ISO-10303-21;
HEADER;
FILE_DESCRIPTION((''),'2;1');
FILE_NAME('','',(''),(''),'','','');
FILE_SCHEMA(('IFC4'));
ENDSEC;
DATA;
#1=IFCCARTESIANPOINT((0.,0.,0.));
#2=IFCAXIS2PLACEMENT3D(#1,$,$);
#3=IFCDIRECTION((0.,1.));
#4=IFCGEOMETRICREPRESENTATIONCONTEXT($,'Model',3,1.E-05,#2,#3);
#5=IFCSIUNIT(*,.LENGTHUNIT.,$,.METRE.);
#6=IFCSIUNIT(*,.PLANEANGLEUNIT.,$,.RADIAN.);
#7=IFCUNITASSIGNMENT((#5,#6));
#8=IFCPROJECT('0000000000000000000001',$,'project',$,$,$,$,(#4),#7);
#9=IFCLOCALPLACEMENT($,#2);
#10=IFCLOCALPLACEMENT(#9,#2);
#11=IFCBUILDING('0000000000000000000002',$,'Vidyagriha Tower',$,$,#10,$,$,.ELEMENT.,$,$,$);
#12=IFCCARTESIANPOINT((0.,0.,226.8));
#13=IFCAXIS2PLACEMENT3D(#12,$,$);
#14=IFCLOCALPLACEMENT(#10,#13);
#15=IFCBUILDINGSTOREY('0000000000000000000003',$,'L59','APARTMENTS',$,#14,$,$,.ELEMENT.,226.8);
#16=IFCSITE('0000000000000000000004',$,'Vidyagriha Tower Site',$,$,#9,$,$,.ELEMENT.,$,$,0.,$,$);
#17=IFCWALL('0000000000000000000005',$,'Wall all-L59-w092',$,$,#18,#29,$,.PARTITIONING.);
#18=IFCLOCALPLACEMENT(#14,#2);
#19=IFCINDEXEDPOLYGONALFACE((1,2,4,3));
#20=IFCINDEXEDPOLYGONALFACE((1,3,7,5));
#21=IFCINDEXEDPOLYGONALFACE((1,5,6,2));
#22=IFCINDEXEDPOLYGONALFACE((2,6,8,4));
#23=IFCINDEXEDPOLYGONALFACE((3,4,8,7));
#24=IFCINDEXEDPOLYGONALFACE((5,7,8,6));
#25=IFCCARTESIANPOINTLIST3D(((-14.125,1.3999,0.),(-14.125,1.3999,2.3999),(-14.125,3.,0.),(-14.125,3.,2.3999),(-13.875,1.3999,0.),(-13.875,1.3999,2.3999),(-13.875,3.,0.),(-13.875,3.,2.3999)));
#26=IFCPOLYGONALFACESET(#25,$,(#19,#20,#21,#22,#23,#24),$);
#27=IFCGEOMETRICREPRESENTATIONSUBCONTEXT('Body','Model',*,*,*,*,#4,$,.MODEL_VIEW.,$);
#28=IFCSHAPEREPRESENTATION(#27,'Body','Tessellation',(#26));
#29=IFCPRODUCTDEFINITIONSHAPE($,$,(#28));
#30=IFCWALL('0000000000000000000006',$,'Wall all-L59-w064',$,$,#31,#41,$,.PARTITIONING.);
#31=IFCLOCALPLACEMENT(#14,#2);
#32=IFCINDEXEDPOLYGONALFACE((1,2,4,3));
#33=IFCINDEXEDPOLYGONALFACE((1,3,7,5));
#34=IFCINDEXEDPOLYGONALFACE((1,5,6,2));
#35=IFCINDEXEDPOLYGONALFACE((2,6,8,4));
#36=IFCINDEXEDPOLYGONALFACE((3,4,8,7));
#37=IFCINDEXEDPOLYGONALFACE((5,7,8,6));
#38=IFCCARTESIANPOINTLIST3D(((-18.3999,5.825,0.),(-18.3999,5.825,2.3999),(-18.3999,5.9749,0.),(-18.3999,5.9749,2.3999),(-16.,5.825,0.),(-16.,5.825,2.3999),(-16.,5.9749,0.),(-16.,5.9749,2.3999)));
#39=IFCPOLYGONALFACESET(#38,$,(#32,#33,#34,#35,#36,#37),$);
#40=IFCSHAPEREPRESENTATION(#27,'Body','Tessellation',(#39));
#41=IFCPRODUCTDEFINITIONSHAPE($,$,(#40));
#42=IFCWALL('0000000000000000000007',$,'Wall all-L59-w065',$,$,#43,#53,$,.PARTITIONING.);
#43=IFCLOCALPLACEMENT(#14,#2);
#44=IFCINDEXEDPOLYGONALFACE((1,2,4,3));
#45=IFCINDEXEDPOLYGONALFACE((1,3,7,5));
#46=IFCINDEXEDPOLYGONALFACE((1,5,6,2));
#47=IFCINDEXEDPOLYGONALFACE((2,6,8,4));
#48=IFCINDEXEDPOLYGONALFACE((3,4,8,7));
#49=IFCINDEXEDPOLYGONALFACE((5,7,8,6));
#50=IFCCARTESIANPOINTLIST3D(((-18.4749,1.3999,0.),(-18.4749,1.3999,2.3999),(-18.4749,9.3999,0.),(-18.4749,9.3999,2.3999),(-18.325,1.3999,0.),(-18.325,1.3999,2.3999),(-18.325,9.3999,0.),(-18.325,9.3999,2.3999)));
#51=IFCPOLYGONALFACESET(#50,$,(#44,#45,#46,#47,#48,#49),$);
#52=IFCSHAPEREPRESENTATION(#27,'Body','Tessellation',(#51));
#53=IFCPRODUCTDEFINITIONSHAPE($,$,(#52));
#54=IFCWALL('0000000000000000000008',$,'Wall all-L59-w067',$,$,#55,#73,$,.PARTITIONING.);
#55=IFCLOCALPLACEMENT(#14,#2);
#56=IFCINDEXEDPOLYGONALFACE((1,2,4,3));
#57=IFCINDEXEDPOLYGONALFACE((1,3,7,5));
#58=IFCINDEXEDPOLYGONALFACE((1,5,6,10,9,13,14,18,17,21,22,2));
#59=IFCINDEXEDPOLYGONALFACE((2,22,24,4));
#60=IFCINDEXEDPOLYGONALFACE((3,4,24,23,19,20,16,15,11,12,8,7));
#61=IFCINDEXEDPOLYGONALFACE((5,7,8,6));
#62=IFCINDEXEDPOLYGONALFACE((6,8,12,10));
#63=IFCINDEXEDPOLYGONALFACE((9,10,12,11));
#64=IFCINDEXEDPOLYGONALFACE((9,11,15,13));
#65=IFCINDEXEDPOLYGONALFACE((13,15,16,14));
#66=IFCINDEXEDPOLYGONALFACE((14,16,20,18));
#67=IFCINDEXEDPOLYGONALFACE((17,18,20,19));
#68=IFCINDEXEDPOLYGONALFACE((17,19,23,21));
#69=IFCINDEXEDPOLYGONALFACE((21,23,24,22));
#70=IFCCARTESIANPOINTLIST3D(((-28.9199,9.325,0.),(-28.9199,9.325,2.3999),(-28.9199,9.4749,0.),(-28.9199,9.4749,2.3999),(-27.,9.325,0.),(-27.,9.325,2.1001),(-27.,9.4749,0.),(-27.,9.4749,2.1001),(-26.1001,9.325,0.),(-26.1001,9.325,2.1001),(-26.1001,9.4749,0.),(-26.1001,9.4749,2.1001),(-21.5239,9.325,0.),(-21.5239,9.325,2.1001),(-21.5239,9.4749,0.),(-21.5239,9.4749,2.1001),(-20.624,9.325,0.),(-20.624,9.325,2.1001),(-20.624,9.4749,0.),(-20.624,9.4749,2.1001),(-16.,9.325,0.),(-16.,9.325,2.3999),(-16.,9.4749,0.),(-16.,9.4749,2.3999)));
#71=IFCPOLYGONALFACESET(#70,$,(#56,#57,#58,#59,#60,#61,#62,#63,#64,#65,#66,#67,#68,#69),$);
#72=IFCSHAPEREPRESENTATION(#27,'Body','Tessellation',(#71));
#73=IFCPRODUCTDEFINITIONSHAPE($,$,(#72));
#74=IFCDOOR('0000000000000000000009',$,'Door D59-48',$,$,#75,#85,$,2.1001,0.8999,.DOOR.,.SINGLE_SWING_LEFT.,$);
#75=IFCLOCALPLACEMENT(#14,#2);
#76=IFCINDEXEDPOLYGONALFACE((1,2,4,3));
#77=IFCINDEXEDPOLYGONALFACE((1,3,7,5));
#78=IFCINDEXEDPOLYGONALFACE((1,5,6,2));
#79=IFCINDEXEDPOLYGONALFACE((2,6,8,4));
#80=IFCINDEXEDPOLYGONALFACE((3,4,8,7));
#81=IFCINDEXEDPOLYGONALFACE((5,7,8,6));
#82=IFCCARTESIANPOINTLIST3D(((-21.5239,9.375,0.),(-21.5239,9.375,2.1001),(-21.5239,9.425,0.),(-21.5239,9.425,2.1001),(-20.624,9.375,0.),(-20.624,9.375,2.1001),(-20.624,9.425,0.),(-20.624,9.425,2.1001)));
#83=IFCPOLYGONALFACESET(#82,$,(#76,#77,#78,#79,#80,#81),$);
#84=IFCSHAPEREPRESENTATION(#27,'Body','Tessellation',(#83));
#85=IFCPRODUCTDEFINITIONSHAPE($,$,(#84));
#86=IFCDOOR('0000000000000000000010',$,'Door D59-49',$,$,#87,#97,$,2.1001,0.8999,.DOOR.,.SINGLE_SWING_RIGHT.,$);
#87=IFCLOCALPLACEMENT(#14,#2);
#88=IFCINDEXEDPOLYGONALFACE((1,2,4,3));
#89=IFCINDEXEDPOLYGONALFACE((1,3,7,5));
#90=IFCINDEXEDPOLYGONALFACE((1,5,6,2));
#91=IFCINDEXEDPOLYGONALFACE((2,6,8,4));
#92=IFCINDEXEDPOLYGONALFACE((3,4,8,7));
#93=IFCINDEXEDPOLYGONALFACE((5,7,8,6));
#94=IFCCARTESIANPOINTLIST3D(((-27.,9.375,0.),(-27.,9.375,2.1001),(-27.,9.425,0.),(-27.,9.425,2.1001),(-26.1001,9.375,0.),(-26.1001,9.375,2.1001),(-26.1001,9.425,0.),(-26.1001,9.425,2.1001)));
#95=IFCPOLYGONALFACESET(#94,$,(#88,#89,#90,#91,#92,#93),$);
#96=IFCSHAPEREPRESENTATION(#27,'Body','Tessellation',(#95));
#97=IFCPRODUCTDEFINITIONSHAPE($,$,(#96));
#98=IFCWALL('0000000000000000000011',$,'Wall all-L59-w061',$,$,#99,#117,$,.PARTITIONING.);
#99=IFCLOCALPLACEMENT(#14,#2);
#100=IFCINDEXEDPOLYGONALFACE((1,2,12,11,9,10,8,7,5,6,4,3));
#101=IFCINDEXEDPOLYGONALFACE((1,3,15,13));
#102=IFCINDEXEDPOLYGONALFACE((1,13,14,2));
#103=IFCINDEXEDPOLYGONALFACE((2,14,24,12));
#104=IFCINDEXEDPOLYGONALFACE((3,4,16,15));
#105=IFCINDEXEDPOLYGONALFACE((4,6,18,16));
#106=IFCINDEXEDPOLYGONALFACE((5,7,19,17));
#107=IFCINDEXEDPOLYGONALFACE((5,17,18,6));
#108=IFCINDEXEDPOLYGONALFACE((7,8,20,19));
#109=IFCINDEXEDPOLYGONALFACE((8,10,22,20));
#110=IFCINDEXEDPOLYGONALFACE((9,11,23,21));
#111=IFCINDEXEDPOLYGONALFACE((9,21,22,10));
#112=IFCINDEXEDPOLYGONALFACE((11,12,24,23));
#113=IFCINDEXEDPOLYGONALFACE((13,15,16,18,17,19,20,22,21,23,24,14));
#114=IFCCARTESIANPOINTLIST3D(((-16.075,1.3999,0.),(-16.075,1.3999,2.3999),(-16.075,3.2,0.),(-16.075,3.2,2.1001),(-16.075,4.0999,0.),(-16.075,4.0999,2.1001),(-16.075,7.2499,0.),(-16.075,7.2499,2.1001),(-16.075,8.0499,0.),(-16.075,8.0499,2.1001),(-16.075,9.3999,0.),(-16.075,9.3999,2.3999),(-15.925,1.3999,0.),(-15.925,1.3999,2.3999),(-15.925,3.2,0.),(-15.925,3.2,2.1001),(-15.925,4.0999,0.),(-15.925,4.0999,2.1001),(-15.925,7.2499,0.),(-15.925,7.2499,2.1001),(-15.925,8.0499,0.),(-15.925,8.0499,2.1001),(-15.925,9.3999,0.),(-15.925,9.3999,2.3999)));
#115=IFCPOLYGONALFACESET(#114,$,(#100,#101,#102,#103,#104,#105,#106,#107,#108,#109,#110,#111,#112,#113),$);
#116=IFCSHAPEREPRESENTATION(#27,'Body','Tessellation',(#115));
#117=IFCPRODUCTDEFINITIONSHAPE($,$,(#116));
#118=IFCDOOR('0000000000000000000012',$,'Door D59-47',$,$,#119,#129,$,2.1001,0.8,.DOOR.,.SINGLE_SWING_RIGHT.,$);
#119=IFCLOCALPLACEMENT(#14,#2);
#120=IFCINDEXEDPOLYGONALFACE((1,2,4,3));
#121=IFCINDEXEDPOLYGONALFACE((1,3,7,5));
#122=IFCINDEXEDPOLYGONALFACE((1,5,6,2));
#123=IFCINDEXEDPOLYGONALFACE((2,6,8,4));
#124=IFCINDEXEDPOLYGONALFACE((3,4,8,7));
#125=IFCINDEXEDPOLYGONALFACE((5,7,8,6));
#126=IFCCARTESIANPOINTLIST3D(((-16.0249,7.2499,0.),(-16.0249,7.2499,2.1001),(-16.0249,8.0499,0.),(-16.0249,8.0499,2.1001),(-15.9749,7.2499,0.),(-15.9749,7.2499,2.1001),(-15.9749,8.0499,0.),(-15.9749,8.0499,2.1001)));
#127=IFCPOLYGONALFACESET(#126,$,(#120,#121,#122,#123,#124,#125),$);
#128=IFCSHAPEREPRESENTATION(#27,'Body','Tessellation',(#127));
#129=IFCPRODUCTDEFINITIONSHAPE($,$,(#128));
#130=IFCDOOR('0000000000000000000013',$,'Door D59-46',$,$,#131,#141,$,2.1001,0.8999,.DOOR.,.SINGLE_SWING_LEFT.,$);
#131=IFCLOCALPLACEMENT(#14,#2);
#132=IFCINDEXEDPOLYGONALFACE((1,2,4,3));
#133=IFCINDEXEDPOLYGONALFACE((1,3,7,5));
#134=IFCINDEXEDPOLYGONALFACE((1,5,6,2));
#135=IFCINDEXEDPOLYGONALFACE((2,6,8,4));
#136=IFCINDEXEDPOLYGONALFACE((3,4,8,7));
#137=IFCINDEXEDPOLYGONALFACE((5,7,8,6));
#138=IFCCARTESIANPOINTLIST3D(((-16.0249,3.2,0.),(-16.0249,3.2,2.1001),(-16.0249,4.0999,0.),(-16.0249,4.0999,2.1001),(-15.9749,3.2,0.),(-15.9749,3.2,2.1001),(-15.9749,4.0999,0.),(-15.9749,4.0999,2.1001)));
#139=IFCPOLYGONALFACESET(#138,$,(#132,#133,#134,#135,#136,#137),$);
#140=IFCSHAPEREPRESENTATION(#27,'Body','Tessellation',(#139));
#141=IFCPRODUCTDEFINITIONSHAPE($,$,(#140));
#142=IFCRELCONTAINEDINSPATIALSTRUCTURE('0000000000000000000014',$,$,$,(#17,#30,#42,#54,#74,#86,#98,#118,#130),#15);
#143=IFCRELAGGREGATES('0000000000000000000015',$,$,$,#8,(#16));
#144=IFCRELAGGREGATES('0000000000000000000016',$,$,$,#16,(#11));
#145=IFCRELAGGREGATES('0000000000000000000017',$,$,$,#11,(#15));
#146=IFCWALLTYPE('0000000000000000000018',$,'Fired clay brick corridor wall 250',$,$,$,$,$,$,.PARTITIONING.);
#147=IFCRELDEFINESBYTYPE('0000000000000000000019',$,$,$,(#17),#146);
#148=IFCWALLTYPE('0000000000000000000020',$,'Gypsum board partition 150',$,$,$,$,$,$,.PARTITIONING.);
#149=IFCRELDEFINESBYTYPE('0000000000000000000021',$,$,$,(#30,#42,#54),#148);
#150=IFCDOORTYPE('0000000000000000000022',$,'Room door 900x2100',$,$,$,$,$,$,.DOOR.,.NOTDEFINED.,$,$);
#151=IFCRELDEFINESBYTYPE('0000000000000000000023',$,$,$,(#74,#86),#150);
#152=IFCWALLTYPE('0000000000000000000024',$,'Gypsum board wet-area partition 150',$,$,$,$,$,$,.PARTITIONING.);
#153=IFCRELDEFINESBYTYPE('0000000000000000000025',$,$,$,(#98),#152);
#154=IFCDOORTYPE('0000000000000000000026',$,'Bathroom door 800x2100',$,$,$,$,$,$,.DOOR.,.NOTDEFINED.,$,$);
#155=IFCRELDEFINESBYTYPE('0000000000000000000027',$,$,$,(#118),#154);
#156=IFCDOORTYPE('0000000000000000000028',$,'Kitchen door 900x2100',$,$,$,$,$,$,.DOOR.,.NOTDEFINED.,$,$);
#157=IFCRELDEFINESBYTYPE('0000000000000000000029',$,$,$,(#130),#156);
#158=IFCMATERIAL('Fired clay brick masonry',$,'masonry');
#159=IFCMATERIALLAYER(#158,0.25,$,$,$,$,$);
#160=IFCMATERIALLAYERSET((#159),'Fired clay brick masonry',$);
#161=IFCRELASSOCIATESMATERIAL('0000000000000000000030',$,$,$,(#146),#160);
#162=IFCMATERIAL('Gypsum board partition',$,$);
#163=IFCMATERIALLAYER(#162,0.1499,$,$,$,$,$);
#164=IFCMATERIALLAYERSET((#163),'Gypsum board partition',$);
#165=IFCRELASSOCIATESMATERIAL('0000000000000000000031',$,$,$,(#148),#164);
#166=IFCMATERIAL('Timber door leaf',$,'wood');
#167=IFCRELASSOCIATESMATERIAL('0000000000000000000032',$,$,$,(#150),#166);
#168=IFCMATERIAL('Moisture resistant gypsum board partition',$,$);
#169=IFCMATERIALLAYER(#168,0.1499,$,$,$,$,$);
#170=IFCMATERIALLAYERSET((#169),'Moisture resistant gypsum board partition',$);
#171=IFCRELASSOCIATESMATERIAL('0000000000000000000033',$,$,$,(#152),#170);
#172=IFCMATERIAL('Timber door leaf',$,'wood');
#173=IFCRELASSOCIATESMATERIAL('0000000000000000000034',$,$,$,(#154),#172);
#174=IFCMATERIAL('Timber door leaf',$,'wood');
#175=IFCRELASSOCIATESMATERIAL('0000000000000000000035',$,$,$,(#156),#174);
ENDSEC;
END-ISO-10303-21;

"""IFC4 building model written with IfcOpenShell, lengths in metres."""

from ifc_helpers import new_model, si_unit, direction, frame, frame_2d, origin, place, context, subcontext, project, spatial, rectangle, extrude, material, layer, layer_set, type_object, element, fill, save


model = new_model("IFC4")

# Units and contexts
model_context = context("Model", 3, precision=1e-05, world=origin(), true_north=direction((0.0, 1.0)))
body_context = subcontext(model_context, "Body", "Model", "MODEL_VIEW")
ifc_project = project(units=[si_unit("LENGTHUNIT", "METRE"), si_unit("PLANEANGLEUNIT", "RADIAN")], contexts=[model_context])

# Site, building, storey
site_placement = place(None, origin())
site = spatial("IfcSite", under=ifc_project, at=site_placement, Name="Vidyagriha Tower Site", CompositionType="ELEMENT", RefElevation=0.0)
building_placement = place(site_placement, origin())
building = spatial("IfcBuilding", under=site, at=building_placement, Name="Vidyagriha Tower", CompositionType="ELEMENT")
storey_placement = place(building_placement, frame((0.0, 0.0, 226.8)))
storey = spatial("IfcBuildingStorey", under=building, at=storey_placement, Name="L59", Description="APARTMENTS", CompositionType="ELEMENT", Elevation=226.8)

# Walls
ifc_material_1 = material(Name="Fired clay brick masonry", Category="masonry")
ifc_layer_1 = layer(ifc_material_1, 0.25)
ifc_layer_set_1 = layer_set([ifc_layer_1], Name="Fired clay brick masonry")
wall_type_1 = type_object("IfcWallType", Name="Fired clay brick corridor wall 250", PredefinedType="PARTITIONING", material=ifc_layer_set_1)
wall_1_placement = place(storey_placement, frame((-14.0, 3.0, 0.0), z_axis=(0.0, 0.0, 1.0), x_axis=(0.0, -1.0, 0.0)))
element("IfcWall", 1, at=wall_1_placement, inside=storey, type_object=wall_type_1, Name="Wall all-L59-w092", PredefinedType="PARTITIONING", context=body_context, shape_type="SweptSolid", body=[
    extrude(rectangle(XDim=1.6001, YDim=0.25, at=frame_2d((0.8, 0.0))), origin(), (0.0, 0.0, 1.0), 2.3999),
])
ifc_material_2 = material(Name="Gypsum board partition")
ifc_layer_2 = layer(ifc_material_2, 0.1499)
ifc_layer_set_2 = layer_set([ifc_layer_2], Name="Gypsum board partition")
wall_type_2 = type_object("IfcWallType", Name="Gypsum board partition 150", PredefinedType="PARTITIONING", material=ifc_layer_set_2)
wall_2_placement = place(storey_placement, frame((-18.3999, 5.8999, 0.0)))
element("IfcWall", 2, at=wall_2_placement, inside=storey, type_object=wall_type_2, Name="Wall all-L59-w064", PredefinedType="PARTITIONING", context=body_context, shape_type="SweptSolid", body=[
    extrude(rectangle(XDim=2.3999, YDim=0.1499, at=frame_2d((1.2, 0.0))), origin(), (0.0, 0.0, 1.0), 2.3999),
])
wall_3_placement = place(storey_placement, frame((-18.3999, 1.3999, 0.0), z_axis=(0.0, 0.0, 1.0), x_axis=(0.0, 1.0, 0.0)))
element("IfcWall", 3, at=wall_3_placement, inside=storey, type_object=wall_type_2, Name="Wall all-L59-w065", PredefinedType="PARTITIONING", context=body_context, shape_type="SweptSolid", body=[
    extrude(rectangle(XDim=8.0, YDim=0.1499, at=frame_2d((4.0, 0.0))), origin(), (0.0, 0.0, 1.0), 2.3999),
])

# Walls, openings, doors
wall_4_placement = place(storey_placement, frame((-16.0, 9.3999, 0.0), z_axis=(0.0, 0.0, 1.0), x_axis=(-1.0, 0.0, 0.0)))
wall_4 = element("IfcWall", 4, at=wall_4_placement, inside=storey, type_object=wall_type_2, Name="Wall all-L59-w067", PredefinedType="PARTITIONING", context=body_context, shape_type="SweptSolid", body=[
    extrude(rectangle(XDim=12.9199, YDim=0.1499, at=frame_2d((6.46, 0.0))), origin(), (0.0, 0.0, 1.0), 2.3999),
])
opening_1_placement = place(wall_4_placement, frame((4.624, 0.0, 0.0)))
opening_1 = element("IfcOpeningElement", 5, at=opening_1_placement, cuts=wall_4, PredefinedType="OPENING", context=body_context, shape_type="SweptSolid", body=[
    extrude(rectangle(XDim=0.8999, YDim=2.1001, at=frame_2d((0.45, 1.05))), frame((0.0, 0.085, 0.0), z_axis=(0.0, -1.0, 0.0), x_axis=(1.0, 0.0, 0.0)), (0.0, 0.0, 1.0), 0.1699),
])
opening_2_placement = place(wall_4_placement, frame((10.1001, 0.0, 0.0)))
opening_2 = element("IfcOpeningElement", 6, at=opening_2_placement, cuts=wall_4, PredefinedType="OPENING", context=body_context, shape_type="SweptSolid", body=[
    extrude(rectangle(XDim=0.8999, YDim=2.1001, at=frame_2d((0.45, 1.05))), frame((0.0, 0.085, 0.0), z_axis=(0.0, -1.0, 0.0), x_axis=(1.0, 0.0, 0.0)), (0.0, 0.0, 1.0), 0.1699),
])
ifc_material_3 = material(Name="Timber door leaf", Category="wood")
door_type_1 = type_object("IfcDoorType", Name="Room door 900x2100", OperationType="NOTDEFINED", PredefinedType="DOOR", material=ifc_material_3)
door_1_placement = place(opening_1_placement, origin())
door_1 = element("IfcDoor", 7, at=door_1_placement, inside=storey, type_object=door_type_1, Name="Door D59-48", OperationType="SINGLE_SWING_LEFT", OverallHeight=2.1001, OverallWidth=0.8999, PredefinedType="DOOR", context=body_context, shape_type="SweptSolid", body=[
    extrude(rectangle(XDim=0.8999, YDim=2.1001, at=frame_2d((0.45, 1.05))), frame((0.0, 0.0249, 0.0), z_axis=(0.0, -1.0, 0.0), x_axis=(1.0, 0.0, 0.0)), (0.0, 0.0, 1.0), 0.05),
])
fill(opening_1, door_1)
door_2_placement = place(opening_2_placement, origin())
door_2 = element("IfcDoor", 8, at=door_2_placement, inside=storey, type_object=door_type_1, Name="Door D59-49", OperationType="SINGLE_SWING_RIGHT", OverallHeight=2.1001, OverallWidth=0.8999, PredefinedType="DOOR", context=body_context, shape_type="SweptSolid", body=[
    extrude(rectangle(XDim=0.8999, YDim=2.1001, at=frame_2d((0.45, 1.05))), frame((0.0, 0.0249, 0.0), z_axis=(0.0, -1.0, 0.0), x_axis=(1.0, 0.0, 0.0)), (0.0, 0.0, 1.0), 0.05),
])
fill(opening_2, door_2)
ifc_material_4 = material(Name="Moisture resistant gypsum board partition")
ifc_layer_3 = layer(ifc_material_4, 0.1499)
ifc_layer_set_3 = layer_set([ifc_layer_3], Name="Moisture resistant gypsum board partition")
wall_type_3 = type_object("IfcWallType", Name="Gypsum board wet-area partition 150", PredefinedType="PARTITIONING", material=ifc_layer_set_3)
wall_5_placement = place(storey_placement, frame((-16.0, 1.3999, 0.0), z_axis=(0.0, 0.0, 1.0), x_axis=(0.0, 1.0, 0.0)))
wall_5 = element("IfcWall", 9, at=wall_5_placement, inside=storey, type_object=wall_type_3, Name="Wall all-L59-w061", PredefinedType="PARTITIONING", context=body_context, shape_type="SweptSolid", body=[
    extrude(rectangle(XDim=8.0, YDim=0.1499, at=frame_2d((4.0, 0.0))), origin(), (0.0, 0.0, 1.0), 2.3999),
])
opening_3_placement = place(wall_5_placement, frame((1.8, 0.0, 0.0)))
opening_3 = element("IfcOpeningElement", 10, at=opening_3_placement, cuts=wall_5, PredefinedType="OPENING", context=body_context, shape_type="SweptSolid", body=[
    extrude(rectangle(XDim=0.8999, YDim=2.1001, at=frame_2d((0.45, 1.05))), frame((0.0, 0.085, 0.0), z_axis=(0.0, -1.0, 0.0), x_axis=(1.0, 0.0, 0.0)), (0.0, 0.0, 1.0), 0.1699),
])
opening_4_placement = place(wall_5_placement, frame((5.8501, 0.0, 0.0)))
opening_4 = element("IfcOpeningElement", 11, at=opening_4_placement, cuts=wall_5, PredefinedType="OPENING", context=body_context, shape_type="SweptSolid", body=[
    extrude(rectangle(XDim=0.8, YDim=2.1001, at=frame_2d((0.3999, 1.05))), frame((0.0, 0.085, 0.0), z_axis=(0.0, -1.0, 0.0), x_axis=(1.0, 0.0, 0.0)), (0.0, 0.0, 1.0), 0.1699),
])
ifc_material_5 = material(Name="Timber door leaf", Category="wood")
door_type_2 = type_object("IfcDoorType", Name="Bathroom door 800x2100", OperationType="NOTDEFINED", PredefinedType="DOOR", material=ifc_material_5)
door_3_placement = place(opening_4_placement, origin())
door_3 = element("IfcDoor", 12, at=door_3_placement, inside=storey, type_object=door_type_2, Name="Door D59-47", OperationType="SINGLE_SWING_RIGHT", OverallHeight=2.1001, OverallWidth=0.8, PredefinedType="DOOR", context=body_context, shape_type="SweptSolid", body=[
    extrude(rectangle(XDim=0.8, YDim=2.1001, at=frame_2d((0.3999, 1.05))), frame((0.0, 0.0249, 0.0), z_axis=(0.0, -1.0, 0.0), x_axis=(1.0, 0.0, 0.0)), (0.0, 0.0, 1.0), 0.05),
])
fill(opening_4, door_3)
ifc_material_6 = material(Name="Timber door leaf", Category="wood")
door_type_3 = type_object("IfcDoorType", Name="Kitchen door 900x2100", OperationType="NOTDEFINED", PredefinedType="DOOR", material=ifc_material_6)
door_4_placement = place(opening_3_placement, origin())
door_4 = element("IfcDoor", 13, at=door_4_placement, inside=storey, type_object=door_type_3, Name="Door D59-46", OperationType="SINGLE_SWING_LEFT", OverallHeight=2.1001, OverallWidth=0.8999, PredefinedType="DOOR", context=body_context, shape_type="SweptSolid", body=[
    extrude(rectangle(XDim=0.8999, YDim=2.1001, at=frame_2d((0.45, 1.05))), frame((0.0, 0.0249, 0.0), z_axis=(0.0, -1.0, 0.0), x_axis=(1.0, 0.0, 0.0)), (0.0, 0.0, 1.0), 0.05),
])
fill(opening_3, door_4)

save(model, "model.ifc")
